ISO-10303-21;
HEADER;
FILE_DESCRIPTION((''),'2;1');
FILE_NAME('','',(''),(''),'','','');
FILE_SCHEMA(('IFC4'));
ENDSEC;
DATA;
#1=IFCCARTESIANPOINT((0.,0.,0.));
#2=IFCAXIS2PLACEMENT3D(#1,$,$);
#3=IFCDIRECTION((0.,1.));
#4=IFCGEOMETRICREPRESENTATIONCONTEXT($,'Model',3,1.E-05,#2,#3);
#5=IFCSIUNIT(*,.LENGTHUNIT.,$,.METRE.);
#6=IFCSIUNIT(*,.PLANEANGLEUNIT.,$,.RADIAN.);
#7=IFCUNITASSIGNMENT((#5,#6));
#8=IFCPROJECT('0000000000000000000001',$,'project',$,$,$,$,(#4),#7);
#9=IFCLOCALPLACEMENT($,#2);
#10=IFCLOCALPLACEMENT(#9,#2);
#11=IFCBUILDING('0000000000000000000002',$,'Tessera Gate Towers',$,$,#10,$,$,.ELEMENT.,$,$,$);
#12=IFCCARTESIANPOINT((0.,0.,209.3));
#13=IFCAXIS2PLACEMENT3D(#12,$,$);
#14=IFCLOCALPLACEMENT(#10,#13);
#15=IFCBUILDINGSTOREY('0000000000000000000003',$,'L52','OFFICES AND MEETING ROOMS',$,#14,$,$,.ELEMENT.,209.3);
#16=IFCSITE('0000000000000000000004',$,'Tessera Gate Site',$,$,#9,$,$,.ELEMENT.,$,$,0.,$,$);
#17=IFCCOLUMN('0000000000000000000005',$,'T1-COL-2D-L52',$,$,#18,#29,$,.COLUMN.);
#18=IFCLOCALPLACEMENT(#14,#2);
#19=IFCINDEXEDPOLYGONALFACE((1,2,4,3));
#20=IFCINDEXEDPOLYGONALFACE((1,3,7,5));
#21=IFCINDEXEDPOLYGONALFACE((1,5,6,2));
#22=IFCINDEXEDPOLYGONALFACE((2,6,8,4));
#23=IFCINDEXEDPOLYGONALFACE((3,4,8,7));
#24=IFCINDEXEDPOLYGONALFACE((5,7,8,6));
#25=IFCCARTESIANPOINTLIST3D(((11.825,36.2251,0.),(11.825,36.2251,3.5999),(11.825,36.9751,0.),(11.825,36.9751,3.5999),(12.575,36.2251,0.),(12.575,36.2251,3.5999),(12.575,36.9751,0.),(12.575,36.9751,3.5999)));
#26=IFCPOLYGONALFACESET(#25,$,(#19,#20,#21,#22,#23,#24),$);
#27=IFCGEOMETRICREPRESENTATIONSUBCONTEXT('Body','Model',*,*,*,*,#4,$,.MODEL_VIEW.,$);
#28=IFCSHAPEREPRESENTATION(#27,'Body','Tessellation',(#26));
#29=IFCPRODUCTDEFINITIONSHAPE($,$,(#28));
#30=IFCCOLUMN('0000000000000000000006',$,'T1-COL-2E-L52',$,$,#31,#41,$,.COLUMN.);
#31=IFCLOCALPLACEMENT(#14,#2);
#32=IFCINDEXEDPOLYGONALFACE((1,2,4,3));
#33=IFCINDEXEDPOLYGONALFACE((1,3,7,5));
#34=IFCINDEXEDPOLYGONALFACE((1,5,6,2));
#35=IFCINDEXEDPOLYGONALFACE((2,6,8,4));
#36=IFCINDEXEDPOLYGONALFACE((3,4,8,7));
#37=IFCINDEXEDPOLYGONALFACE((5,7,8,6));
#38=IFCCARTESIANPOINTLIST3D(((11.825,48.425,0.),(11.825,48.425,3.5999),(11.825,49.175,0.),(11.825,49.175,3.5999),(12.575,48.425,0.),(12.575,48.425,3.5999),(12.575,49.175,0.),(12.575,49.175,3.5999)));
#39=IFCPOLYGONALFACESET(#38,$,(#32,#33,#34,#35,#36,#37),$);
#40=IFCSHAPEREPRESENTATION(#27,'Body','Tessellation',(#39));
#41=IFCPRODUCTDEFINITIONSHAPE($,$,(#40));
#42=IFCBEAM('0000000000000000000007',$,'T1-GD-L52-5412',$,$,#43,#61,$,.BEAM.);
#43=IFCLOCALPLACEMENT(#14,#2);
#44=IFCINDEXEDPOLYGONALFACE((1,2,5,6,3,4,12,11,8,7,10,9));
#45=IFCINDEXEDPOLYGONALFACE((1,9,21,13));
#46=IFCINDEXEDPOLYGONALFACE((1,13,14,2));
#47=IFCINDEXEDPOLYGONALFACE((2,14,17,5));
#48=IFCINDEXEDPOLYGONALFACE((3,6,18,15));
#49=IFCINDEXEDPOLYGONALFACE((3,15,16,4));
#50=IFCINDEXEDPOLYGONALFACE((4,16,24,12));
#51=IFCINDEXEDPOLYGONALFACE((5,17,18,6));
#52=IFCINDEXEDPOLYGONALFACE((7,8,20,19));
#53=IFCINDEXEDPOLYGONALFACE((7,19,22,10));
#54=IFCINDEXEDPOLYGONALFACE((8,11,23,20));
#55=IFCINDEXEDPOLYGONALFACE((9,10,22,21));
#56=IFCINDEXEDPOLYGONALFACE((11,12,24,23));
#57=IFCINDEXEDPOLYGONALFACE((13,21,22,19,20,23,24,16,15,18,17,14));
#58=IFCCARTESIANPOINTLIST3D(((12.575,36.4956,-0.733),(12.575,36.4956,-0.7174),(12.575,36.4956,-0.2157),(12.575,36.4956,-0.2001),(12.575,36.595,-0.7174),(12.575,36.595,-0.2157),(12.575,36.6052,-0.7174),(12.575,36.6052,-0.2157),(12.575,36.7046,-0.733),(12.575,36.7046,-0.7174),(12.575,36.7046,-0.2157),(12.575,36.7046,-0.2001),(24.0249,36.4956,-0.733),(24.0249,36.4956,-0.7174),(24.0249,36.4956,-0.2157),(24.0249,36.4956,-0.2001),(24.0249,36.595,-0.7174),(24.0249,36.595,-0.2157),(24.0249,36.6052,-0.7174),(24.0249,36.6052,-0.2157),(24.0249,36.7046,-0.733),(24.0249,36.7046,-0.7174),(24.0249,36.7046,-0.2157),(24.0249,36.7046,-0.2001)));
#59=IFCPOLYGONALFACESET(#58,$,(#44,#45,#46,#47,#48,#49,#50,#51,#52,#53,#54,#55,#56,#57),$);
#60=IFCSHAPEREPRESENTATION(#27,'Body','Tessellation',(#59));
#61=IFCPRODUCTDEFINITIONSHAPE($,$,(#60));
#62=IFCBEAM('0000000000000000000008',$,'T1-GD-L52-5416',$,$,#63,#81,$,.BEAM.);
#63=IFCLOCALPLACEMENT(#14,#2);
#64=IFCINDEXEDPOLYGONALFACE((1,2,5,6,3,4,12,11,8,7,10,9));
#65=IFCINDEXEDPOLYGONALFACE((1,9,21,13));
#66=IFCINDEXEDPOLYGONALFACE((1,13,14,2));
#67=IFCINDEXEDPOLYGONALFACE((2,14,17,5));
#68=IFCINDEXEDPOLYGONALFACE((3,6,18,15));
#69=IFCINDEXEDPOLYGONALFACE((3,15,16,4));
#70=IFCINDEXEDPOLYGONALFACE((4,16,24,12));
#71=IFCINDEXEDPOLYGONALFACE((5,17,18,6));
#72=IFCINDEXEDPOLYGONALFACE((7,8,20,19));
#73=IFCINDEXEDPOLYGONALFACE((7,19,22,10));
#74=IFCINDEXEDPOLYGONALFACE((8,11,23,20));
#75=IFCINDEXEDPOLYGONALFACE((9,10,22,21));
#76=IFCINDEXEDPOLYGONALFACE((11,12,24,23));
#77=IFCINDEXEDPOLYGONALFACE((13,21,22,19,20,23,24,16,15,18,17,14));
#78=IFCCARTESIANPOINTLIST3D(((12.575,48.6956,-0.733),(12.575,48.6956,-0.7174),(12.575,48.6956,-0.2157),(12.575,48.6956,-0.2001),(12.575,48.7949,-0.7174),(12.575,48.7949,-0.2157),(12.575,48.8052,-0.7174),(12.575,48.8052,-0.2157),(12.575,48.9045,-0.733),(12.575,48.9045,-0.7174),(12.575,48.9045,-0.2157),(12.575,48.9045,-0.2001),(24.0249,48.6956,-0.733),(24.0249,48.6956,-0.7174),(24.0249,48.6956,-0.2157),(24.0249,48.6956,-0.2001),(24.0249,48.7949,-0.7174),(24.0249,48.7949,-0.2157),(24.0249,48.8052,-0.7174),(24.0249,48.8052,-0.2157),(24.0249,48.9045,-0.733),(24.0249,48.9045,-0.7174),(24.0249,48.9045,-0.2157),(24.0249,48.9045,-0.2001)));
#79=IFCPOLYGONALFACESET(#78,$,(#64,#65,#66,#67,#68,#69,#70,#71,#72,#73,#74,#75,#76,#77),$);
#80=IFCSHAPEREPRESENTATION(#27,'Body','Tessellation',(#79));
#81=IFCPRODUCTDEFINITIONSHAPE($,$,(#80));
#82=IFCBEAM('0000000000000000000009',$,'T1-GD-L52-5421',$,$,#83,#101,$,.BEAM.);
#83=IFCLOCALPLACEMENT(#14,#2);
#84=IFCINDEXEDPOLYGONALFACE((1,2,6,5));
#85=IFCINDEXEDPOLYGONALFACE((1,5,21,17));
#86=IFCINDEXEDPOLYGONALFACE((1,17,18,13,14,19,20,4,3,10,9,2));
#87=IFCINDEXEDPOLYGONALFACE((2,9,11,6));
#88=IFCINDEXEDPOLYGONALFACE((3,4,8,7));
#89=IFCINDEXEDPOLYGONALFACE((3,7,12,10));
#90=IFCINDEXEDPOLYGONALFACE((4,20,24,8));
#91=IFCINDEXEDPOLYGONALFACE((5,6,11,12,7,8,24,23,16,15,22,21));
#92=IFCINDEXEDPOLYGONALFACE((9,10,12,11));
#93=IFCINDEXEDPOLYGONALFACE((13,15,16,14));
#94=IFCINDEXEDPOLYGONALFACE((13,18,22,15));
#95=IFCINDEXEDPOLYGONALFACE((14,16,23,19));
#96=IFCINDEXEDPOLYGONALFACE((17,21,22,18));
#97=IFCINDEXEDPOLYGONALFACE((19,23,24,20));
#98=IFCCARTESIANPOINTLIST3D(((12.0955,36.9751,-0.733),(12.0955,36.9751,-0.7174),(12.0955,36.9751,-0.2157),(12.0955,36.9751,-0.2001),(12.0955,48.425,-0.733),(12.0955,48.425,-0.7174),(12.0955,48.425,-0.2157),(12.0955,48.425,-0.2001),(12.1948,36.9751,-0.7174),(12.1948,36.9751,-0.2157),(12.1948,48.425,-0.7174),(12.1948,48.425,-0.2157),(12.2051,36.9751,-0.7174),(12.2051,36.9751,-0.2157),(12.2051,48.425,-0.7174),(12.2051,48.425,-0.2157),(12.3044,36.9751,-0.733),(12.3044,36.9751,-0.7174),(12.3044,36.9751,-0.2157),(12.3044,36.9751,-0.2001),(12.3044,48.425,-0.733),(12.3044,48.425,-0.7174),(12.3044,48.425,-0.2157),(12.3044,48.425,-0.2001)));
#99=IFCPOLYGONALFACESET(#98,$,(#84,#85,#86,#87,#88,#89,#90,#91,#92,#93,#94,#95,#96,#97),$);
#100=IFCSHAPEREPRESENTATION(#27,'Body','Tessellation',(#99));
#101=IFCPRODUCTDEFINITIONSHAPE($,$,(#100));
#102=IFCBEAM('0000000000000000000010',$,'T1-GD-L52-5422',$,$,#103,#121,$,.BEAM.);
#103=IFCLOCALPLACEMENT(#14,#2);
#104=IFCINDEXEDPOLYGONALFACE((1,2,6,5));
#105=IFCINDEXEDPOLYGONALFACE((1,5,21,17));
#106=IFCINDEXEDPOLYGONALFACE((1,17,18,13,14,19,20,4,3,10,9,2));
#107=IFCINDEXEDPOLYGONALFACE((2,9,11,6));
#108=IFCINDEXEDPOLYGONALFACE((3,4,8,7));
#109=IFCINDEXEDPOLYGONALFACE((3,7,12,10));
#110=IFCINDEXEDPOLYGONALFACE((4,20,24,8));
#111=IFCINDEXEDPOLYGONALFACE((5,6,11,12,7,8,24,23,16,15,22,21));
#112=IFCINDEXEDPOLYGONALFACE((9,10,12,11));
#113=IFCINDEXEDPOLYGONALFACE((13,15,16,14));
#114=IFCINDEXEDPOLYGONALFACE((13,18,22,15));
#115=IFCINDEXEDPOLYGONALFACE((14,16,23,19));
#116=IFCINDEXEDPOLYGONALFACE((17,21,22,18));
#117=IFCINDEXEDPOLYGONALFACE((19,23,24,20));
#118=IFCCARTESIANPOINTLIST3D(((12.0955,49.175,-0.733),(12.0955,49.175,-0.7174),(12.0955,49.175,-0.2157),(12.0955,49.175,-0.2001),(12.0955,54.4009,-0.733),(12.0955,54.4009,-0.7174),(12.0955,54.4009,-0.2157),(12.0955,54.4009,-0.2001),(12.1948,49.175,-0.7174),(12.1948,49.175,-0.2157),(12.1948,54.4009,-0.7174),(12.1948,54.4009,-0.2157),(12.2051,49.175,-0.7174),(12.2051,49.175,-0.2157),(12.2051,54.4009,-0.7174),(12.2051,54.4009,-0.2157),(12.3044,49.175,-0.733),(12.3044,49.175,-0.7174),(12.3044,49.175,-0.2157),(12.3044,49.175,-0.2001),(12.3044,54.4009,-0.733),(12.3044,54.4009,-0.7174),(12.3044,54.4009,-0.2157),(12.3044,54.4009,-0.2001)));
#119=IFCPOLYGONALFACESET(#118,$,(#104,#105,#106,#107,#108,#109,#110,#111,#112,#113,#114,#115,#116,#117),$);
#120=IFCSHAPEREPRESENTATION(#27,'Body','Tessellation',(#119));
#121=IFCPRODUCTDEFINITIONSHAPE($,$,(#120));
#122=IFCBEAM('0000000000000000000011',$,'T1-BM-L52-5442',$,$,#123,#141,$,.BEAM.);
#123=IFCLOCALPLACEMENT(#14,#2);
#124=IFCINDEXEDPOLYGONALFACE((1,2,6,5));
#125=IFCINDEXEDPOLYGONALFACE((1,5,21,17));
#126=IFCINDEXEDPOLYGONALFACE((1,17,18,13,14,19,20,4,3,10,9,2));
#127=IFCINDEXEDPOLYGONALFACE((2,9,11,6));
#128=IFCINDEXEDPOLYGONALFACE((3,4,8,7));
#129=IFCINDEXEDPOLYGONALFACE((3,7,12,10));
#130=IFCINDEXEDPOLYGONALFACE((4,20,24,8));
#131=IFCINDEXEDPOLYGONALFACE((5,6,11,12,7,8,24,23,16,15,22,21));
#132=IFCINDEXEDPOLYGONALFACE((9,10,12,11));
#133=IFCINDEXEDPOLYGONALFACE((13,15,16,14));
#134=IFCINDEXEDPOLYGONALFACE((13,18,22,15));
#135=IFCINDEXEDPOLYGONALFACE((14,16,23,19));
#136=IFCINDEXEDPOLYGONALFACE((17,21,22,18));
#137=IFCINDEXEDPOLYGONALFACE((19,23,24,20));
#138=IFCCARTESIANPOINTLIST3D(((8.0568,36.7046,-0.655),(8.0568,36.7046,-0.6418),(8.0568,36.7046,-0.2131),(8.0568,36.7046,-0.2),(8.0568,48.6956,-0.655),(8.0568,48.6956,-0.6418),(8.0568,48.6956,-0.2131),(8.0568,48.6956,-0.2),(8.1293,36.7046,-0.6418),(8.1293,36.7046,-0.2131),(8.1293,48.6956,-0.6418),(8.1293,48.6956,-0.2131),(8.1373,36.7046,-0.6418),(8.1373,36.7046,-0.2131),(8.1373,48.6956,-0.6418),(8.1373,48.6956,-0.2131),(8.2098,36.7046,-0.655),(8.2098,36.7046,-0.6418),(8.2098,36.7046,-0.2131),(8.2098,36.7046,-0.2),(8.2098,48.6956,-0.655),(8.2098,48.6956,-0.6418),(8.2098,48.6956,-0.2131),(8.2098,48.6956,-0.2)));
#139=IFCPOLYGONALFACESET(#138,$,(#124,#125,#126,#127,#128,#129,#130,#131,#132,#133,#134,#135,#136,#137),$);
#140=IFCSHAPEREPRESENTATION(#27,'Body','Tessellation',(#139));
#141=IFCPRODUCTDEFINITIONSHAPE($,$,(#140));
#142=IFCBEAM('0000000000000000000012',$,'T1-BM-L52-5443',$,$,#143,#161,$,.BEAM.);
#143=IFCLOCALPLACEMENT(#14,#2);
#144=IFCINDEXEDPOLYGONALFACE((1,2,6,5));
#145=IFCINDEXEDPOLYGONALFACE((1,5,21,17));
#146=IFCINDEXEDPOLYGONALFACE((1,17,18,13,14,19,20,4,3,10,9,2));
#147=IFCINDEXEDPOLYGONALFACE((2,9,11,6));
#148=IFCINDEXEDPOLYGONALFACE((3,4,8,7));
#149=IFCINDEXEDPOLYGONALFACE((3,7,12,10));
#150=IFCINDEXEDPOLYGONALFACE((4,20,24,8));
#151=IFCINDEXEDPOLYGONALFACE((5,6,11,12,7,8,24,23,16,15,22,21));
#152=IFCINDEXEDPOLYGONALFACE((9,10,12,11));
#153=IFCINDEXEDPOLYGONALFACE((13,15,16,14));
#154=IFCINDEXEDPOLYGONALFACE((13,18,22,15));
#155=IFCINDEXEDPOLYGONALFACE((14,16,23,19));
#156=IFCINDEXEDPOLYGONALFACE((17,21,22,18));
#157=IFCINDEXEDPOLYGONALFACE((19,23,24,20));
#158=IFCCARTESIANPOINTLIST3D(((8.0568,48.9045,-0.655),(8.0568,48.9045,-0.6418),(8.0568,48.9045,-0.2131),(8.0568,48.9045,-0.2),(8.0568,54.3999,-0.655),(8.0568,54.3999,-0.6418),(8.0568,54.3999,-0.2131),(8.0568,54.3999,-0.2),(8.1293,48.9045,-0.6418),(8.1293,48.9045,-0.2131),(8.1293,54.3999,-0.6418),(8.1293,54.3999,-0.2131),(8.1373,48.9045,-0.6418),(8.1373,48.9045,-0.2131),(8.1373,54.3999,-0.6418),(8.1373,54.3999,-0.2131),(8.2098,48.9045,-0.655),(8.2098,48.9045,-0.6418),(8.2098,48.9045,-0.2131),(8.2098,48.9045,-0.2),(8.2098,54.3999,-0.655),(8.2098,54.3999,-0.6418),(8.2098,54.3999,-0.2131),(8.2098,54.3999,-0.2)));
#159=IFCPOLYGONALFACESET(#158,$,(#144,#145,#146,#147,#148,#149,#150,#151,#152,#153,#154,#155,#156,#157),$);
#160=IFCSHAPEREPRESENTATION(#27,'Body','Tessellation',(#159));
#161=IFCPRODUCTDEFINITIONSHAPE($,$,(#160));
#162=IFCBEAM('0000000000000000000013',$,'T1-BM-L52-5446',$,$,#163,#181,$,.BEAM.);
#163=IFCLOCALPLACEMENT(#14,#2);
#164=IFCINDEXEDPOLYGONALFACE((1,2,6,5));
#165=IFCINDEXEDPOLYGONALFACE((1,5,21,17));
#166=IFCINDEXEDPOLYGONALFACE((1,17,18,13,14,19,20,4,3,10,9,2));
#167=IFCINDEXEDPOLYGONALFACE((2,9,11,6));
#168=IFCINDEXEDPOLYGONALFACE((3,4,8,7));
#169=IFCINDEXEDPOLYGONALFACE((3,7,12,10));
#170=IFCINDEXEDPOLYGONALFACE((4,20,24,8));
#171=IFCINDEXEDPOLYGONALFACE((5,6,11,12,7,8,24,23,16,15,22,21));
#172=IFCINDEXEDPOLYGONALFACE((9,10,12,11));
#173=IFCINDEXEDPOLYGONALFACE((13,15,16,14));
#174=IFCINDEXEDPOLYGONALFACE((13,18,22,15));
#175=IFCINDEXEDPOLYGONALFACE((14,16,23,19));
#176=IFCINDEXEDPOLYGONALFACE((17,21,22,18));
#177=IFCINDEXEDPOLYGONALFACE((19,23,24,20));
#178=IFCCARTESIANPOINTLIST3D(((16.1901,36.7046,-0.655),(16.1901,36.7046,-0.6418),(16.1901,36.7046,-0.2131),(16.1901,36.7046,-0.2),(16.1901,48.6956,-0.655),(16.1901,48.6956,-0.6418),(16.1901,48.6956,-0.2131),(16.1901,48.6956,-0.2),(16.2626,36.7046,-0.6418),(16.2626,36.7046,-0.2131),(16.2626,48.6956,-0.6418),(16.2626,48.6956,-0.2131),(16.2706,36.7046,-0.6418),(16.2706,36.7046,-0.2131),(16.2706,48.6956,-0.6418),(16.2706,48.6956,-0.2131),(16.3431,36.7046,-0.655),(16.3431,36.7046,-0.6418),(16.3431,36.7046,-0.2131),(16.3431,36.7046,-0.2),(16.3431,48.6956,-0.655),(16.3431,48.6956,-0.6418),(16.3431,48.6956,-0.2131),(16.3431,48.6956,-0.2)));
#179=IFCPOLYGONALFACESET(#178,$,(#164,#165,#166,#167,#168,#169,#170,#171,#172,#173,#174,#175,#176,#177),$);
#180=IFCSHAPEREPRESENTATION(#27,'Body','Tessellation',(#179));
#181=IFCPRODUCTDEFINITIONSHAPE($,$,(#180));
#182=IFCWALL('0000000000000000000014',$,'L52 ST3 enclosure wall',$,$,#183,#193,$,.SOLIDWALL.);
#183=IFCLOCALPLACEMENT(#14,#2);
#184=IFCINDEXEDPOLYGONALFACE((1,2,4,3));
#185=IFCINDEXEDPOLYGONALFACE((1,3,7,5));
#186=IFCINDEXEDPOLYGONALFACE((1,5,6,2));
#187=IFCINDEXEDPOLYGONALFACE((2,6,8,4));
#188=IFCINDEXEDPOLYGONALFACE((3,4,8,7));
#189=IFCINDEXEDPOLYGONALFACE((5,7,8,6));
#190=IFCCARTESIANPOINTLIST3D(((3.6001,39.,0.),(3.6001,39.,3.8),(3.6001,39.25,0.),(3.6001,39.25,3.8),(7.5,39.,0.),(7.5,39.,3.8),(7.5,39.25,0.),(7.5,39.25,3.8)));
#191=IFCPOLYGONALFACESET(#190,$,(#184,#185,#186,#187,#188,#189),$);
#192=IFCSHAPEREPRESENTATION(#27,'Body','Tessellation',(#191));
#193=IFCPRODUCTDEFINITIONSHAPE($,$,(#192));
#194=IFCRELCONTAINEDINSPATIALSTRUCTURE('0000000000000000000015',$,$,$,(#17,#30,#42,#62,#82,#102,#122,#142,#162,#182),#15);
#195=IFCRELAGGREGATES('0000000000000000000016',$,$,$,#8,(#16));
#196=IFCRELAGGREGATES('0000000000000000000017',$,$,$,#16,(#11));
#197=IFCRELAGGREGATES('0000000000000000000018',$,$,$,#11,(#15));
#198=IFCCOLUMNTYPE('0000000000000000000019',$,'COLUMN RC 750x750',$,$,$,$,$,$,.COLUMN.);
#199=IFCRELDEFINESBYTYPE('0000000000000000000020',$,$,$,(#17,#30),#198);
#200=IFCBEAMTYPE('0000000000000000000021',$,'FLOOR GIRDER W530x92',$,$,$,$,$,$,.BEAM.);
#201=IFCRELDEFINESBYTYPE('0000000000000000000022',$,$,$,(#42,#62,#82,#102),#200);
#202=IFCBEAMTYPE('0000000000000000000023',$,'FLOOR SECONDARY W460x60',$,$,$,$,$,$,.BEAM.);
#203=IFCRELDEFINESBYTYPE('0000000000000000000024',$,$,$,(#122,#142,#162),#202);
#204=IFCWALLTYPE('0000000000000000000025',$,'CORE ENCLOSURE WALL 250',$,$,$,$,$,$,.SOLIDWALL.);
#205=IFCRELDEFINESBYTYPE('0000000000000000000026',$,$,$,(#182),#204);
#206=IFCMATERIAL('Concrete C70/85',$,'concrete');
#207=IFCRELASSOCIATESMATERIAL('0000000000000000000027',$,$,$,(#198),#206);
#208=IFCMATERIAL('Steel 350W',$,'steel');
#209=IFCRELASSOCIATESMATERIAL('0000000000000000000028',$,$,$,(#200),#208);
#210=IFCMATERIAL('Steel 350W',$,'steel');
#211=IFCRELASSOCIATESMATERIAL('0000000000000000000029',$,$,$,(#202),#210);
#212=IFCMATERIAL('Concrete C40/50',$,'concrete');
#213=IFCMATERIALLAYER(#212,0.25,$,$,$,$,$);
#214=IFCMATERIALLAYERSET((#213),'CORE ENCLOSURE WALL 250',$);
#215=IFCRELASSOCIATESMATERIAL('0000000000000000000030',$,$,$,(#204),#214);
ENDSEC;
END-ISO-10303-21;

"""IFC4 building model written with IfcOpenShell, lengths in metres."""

from ifc_helpers import new_model, si_unit, direction, frame, frame_2d, origin, origin_2d, place, context, subcontext, project, spatial, rectangle, i_section, extrude, material, layer, layer_set, material_profile, profile_set, type_object, element, save


model = new_model("IFC4")

# Units and contexts
model_context = context("Model", 3, precision=1e-05, world=origin(), true_north=direction((0.0, 1.0)))
body_context = subcontext(model_context, "Body", "Model", "MODEL_VIEW")
ifc_project = project(units=[si_unit("LENGTHUNIT", "METRE"), si_unit("PLANEANGLEUNIT", "RADIAN")], contexts=[model_context])

# Site, building, storey
site_placement = place(None, origin())
site = spatial("IfcSite", under=ifc_project, at=site_placement, Name="Tessera Gate Site", CompositionType="ELEMENT", RefElevation=0.0)
building_placement = place(site_placement, origin())
building = spatial("IfcBuilding", under=site, at=building_placement, Name="Tessera Gate Towers", CompositionType="ELEMENT")
storey_placement = place(building_placement, frame((0.0, 0.0, 209.3)))
storey = spatial("IfcBuildingStorey", under=building, at=storey_placement, Name="L52", Description="OFFICES AND MEETING ROOMS", CompositionType="ELEMENT", Elevation=209.3)

# Columns
ifc_material_1 = material(Name="Concrete C70/85", Category="concrete")
ifc_material_profile_1 = material_profile(ifc_material_1, rectangle(XDim=0.75, YDim=0.75, at=origin_2d()), Name="RC 750x750")
ifc_profile_set_1 = profile_set([ifc_material_profile_1], Name="Concrete C70/85")
column_type = type_object("IfcColumnType", Name="COLUMN RC 750x750", PredefinedType="COLUMN", material=ifc_profile_set_1)
for number, where, z_axis, x_axis, name in (
    (1, (12.2, 36.6001, 0.0), (0.0, 0.0, 1.0), (1.0, 0.0, 0.0), "T1-COL-2D-L52"),
    (2, (12.2, 48.8, 0.0), (0.0, 0.0, 1.0), (1.0, 0.0, 0.0), "T1-COL-2E-L52"),
):
    element("IfcColumn", number, at=place(storey_placement, frame(where, z_axis=z_axis, x_axis=x_axis)), inside=storey, type_object=column_type, Name=name, PredefinedType="COLUMN", context=body_context, shape_type="SweptSolid", body=[
        extrude(rectangle(XDim=0.75, YDim=0.75, at=origin_2d()), origin(), (0.0, 0.0, 1.0), 3.5999),
    ])

# Beams
ifc_material_2 = material(Name="Steel 350W", Category="steel")
ifc_material_profile_2 = material_profile(ifc_material_2, i_section(OverallWidth=0.209, OverallDepth=0.533, WebThickness=0.0103, FlangeThickness=0.0156, at=origin_2d()), Name="W530x92")
ifc_profile_set_2 = profile_set([ifc_material_profile_2], Name="Steel 350W")
beam_type_1 = type_object("IfcBeamType", Name="FLOOR GIRDER W530x92", PredefinedType="BEAM", material=ifc_profile_set_2)
for number, where, z_axis, x_axis, name in (
    (3, (12.575, 36.6001, -0.4666), (1.0, 0.0, 0.0), (0.0, 1.0, 0.0), "T1-GD-L52-5412"),
    (4, (12.575, 48.8, -0.4666), (1.0, 0.0, 0.0), (0.0, 1.0, 0.0), "T1-GD-L52-5416"),
    (5, (12.2, 36.9751, -0.4666), (0.0, 1.0, 0.0), (-1.0, 0.0, 0.0), "T1-GD-L52-5421"),
):
    element("IfcBeam", number, at=place(storey_placement, frame(where, z_axis=z_axis, x_axis=x_axis)), inside=storey, type_object=beam_type_1, Name=name, PredefinedType="BEAM", context=body_context, shape_type="SweptSolid", body=[
        extrude(i_section(OverallWidth=0.209, OverallDepth=0.533, WebThickness=0.0103, FlangeThickness=0.0156, at=origin_2d()), origin(), (0.0, 0.0, 1.0), 11.45),
    ])
beam_1_placement = place(storey_placement, frame((12.2, 49.175, -0.4666), z_axis=(0.0, 1.0, 0.0), x_axis=(-1.0, 0.0, 0.0)))
element("IfcBeam", 6, at=beam_1_placement, inside=storey, type_object=beam_type_1, Name="T1-GD-L52-5422", PredefinedType="BEAM", context=body_context, shape_type="SweptSolid", body=[
    extrude(i_section(OverallWidth=0.209, OverallDepth=0.533, WebThickness=0.0103, FlangeThickness=0.0156, at=origin_2d()), origin(), (0.0, 0.0, 1.0), 5.2258),
])
ifc_material_3 = material(Name="Steel 350W", Category="steel")
ifc_material_profile_3 = material_profile(ifc_material_3, i_section(OverallWidth=0.1531, OverallDepth=0.4551, WebThickness=0.0081, FlangeThickness=0.0132, at=origin_2d()), Name="W460x60")
ifc_profile_set_3 = profile_set([ifc_material_profile_3], Name="Steel 350W")
beam_type_2 = type_object("IfcBeamType", Name="FLOOR SECONDARY W460x60", PredefinedType="BEAM", material=ifc_profile_set_3)
beam_2_placement = place(storey_placement, frame((8.1333, 36.7046, -0.4275), z_axis=(0.0, 1.0, 0.0), x_axis=(-1.0, 0.0, 0.0)))
element("IfcBeam", 7, at=beam_2_placement, inside=storey, type_object=beam_type_2, Name="T1-BM-L52-5442", PredefinedType="BEAM", context=body_context, shape_type="SweptSolid", body=[
    extrude(i_section(OverallWidth=0.1531, OverallDepth=0.4551, WebThickness=0.0081, FlangeThickness=0.0132, at=origin_2d()), origin(), (0.0, 0.0, 1.0), 11.991),
])
beam_3_placement = place(storey_placement, frame((8.1333, 48.9045, -0.4275), z_axis=(0.0, 1.0, 0.0), x_axis=(-1.0, 0.0, 0.0)))
element("IfcBeam", 8, at=beam_3_placement, inside=storey, type_object=beam_type_2, Name="T1-BM-L52-5443", PredefinedType="BEAM", context=body_context, shape_type="SweptSolid", body=[
    extrude(i_section(OverallWidth=0.1531, OverallDepth=0.4551, WebThickness=0.0081, FlangeThickness=0.0132, at=origin_2d()), origin(), (0.0, 0.0, 1.0), 5.4954),
])
beam_4_placement = place(storey_placement, frame((16.2666, 36.7046, -0.4275), z_axis=(0.0, 1.0, 0.0), x_axis=(-1.0, 0.0, 0.0)))
element("IfcBeam", 9, at=beam_4_placement, inside=storey, type_object=beam_type_2, Name="T1-BM-L52-5446", PredefinedType="BEAM", context=body_context, shape_type="SweptSolid", body=[
    extrude(i_section(OverallWidth=0.1531, OverallDepth=0.4551, WebThickness=0.0081, FlangeThickness=0.0132, at=origin_2d()), origin(), (0.0, 0.0, 1.0), 11.991),
])

# Wall
ifc_material_4 = material(Name="Concrete C40/50", Category="concrete")
ifc_layer_1 = layer(ifc_material_4, 0.25)
ifc_layer_set_1 = layer_set([ifc_layer_1], Name="CORE ENCLOSURE WALL 250")
wall_type_1 = type_object("IfcWallType", Name="CORE ENCLOSURE WALL 250", PredefinedType="SOLIDWALL", material=ifc_layer_set_1)
wall_1_placement = place(storey_placement, frame((7.5, 39.125, 0.0), z_axis=(0.0, 0.0, 1.0), x_axis=(-1.0, 0.0, 0.0)))
element("IfcWall", 10, at=wall_1_placement, inside=storey, type_object=wall_type_1, Name="L52 ST3 enclosure wall", PredefinedType="SOLIDWALL", context=body_context, shape_type="SweptSolid", body=[
    extrude(rectangle(XDim=3.8999, YDim=0.25, at=frame_2d((1.95, 0.0))), origin(), (0.0, 0.0, 1.0), 3.8),
])

save(model, "model.ifc")
